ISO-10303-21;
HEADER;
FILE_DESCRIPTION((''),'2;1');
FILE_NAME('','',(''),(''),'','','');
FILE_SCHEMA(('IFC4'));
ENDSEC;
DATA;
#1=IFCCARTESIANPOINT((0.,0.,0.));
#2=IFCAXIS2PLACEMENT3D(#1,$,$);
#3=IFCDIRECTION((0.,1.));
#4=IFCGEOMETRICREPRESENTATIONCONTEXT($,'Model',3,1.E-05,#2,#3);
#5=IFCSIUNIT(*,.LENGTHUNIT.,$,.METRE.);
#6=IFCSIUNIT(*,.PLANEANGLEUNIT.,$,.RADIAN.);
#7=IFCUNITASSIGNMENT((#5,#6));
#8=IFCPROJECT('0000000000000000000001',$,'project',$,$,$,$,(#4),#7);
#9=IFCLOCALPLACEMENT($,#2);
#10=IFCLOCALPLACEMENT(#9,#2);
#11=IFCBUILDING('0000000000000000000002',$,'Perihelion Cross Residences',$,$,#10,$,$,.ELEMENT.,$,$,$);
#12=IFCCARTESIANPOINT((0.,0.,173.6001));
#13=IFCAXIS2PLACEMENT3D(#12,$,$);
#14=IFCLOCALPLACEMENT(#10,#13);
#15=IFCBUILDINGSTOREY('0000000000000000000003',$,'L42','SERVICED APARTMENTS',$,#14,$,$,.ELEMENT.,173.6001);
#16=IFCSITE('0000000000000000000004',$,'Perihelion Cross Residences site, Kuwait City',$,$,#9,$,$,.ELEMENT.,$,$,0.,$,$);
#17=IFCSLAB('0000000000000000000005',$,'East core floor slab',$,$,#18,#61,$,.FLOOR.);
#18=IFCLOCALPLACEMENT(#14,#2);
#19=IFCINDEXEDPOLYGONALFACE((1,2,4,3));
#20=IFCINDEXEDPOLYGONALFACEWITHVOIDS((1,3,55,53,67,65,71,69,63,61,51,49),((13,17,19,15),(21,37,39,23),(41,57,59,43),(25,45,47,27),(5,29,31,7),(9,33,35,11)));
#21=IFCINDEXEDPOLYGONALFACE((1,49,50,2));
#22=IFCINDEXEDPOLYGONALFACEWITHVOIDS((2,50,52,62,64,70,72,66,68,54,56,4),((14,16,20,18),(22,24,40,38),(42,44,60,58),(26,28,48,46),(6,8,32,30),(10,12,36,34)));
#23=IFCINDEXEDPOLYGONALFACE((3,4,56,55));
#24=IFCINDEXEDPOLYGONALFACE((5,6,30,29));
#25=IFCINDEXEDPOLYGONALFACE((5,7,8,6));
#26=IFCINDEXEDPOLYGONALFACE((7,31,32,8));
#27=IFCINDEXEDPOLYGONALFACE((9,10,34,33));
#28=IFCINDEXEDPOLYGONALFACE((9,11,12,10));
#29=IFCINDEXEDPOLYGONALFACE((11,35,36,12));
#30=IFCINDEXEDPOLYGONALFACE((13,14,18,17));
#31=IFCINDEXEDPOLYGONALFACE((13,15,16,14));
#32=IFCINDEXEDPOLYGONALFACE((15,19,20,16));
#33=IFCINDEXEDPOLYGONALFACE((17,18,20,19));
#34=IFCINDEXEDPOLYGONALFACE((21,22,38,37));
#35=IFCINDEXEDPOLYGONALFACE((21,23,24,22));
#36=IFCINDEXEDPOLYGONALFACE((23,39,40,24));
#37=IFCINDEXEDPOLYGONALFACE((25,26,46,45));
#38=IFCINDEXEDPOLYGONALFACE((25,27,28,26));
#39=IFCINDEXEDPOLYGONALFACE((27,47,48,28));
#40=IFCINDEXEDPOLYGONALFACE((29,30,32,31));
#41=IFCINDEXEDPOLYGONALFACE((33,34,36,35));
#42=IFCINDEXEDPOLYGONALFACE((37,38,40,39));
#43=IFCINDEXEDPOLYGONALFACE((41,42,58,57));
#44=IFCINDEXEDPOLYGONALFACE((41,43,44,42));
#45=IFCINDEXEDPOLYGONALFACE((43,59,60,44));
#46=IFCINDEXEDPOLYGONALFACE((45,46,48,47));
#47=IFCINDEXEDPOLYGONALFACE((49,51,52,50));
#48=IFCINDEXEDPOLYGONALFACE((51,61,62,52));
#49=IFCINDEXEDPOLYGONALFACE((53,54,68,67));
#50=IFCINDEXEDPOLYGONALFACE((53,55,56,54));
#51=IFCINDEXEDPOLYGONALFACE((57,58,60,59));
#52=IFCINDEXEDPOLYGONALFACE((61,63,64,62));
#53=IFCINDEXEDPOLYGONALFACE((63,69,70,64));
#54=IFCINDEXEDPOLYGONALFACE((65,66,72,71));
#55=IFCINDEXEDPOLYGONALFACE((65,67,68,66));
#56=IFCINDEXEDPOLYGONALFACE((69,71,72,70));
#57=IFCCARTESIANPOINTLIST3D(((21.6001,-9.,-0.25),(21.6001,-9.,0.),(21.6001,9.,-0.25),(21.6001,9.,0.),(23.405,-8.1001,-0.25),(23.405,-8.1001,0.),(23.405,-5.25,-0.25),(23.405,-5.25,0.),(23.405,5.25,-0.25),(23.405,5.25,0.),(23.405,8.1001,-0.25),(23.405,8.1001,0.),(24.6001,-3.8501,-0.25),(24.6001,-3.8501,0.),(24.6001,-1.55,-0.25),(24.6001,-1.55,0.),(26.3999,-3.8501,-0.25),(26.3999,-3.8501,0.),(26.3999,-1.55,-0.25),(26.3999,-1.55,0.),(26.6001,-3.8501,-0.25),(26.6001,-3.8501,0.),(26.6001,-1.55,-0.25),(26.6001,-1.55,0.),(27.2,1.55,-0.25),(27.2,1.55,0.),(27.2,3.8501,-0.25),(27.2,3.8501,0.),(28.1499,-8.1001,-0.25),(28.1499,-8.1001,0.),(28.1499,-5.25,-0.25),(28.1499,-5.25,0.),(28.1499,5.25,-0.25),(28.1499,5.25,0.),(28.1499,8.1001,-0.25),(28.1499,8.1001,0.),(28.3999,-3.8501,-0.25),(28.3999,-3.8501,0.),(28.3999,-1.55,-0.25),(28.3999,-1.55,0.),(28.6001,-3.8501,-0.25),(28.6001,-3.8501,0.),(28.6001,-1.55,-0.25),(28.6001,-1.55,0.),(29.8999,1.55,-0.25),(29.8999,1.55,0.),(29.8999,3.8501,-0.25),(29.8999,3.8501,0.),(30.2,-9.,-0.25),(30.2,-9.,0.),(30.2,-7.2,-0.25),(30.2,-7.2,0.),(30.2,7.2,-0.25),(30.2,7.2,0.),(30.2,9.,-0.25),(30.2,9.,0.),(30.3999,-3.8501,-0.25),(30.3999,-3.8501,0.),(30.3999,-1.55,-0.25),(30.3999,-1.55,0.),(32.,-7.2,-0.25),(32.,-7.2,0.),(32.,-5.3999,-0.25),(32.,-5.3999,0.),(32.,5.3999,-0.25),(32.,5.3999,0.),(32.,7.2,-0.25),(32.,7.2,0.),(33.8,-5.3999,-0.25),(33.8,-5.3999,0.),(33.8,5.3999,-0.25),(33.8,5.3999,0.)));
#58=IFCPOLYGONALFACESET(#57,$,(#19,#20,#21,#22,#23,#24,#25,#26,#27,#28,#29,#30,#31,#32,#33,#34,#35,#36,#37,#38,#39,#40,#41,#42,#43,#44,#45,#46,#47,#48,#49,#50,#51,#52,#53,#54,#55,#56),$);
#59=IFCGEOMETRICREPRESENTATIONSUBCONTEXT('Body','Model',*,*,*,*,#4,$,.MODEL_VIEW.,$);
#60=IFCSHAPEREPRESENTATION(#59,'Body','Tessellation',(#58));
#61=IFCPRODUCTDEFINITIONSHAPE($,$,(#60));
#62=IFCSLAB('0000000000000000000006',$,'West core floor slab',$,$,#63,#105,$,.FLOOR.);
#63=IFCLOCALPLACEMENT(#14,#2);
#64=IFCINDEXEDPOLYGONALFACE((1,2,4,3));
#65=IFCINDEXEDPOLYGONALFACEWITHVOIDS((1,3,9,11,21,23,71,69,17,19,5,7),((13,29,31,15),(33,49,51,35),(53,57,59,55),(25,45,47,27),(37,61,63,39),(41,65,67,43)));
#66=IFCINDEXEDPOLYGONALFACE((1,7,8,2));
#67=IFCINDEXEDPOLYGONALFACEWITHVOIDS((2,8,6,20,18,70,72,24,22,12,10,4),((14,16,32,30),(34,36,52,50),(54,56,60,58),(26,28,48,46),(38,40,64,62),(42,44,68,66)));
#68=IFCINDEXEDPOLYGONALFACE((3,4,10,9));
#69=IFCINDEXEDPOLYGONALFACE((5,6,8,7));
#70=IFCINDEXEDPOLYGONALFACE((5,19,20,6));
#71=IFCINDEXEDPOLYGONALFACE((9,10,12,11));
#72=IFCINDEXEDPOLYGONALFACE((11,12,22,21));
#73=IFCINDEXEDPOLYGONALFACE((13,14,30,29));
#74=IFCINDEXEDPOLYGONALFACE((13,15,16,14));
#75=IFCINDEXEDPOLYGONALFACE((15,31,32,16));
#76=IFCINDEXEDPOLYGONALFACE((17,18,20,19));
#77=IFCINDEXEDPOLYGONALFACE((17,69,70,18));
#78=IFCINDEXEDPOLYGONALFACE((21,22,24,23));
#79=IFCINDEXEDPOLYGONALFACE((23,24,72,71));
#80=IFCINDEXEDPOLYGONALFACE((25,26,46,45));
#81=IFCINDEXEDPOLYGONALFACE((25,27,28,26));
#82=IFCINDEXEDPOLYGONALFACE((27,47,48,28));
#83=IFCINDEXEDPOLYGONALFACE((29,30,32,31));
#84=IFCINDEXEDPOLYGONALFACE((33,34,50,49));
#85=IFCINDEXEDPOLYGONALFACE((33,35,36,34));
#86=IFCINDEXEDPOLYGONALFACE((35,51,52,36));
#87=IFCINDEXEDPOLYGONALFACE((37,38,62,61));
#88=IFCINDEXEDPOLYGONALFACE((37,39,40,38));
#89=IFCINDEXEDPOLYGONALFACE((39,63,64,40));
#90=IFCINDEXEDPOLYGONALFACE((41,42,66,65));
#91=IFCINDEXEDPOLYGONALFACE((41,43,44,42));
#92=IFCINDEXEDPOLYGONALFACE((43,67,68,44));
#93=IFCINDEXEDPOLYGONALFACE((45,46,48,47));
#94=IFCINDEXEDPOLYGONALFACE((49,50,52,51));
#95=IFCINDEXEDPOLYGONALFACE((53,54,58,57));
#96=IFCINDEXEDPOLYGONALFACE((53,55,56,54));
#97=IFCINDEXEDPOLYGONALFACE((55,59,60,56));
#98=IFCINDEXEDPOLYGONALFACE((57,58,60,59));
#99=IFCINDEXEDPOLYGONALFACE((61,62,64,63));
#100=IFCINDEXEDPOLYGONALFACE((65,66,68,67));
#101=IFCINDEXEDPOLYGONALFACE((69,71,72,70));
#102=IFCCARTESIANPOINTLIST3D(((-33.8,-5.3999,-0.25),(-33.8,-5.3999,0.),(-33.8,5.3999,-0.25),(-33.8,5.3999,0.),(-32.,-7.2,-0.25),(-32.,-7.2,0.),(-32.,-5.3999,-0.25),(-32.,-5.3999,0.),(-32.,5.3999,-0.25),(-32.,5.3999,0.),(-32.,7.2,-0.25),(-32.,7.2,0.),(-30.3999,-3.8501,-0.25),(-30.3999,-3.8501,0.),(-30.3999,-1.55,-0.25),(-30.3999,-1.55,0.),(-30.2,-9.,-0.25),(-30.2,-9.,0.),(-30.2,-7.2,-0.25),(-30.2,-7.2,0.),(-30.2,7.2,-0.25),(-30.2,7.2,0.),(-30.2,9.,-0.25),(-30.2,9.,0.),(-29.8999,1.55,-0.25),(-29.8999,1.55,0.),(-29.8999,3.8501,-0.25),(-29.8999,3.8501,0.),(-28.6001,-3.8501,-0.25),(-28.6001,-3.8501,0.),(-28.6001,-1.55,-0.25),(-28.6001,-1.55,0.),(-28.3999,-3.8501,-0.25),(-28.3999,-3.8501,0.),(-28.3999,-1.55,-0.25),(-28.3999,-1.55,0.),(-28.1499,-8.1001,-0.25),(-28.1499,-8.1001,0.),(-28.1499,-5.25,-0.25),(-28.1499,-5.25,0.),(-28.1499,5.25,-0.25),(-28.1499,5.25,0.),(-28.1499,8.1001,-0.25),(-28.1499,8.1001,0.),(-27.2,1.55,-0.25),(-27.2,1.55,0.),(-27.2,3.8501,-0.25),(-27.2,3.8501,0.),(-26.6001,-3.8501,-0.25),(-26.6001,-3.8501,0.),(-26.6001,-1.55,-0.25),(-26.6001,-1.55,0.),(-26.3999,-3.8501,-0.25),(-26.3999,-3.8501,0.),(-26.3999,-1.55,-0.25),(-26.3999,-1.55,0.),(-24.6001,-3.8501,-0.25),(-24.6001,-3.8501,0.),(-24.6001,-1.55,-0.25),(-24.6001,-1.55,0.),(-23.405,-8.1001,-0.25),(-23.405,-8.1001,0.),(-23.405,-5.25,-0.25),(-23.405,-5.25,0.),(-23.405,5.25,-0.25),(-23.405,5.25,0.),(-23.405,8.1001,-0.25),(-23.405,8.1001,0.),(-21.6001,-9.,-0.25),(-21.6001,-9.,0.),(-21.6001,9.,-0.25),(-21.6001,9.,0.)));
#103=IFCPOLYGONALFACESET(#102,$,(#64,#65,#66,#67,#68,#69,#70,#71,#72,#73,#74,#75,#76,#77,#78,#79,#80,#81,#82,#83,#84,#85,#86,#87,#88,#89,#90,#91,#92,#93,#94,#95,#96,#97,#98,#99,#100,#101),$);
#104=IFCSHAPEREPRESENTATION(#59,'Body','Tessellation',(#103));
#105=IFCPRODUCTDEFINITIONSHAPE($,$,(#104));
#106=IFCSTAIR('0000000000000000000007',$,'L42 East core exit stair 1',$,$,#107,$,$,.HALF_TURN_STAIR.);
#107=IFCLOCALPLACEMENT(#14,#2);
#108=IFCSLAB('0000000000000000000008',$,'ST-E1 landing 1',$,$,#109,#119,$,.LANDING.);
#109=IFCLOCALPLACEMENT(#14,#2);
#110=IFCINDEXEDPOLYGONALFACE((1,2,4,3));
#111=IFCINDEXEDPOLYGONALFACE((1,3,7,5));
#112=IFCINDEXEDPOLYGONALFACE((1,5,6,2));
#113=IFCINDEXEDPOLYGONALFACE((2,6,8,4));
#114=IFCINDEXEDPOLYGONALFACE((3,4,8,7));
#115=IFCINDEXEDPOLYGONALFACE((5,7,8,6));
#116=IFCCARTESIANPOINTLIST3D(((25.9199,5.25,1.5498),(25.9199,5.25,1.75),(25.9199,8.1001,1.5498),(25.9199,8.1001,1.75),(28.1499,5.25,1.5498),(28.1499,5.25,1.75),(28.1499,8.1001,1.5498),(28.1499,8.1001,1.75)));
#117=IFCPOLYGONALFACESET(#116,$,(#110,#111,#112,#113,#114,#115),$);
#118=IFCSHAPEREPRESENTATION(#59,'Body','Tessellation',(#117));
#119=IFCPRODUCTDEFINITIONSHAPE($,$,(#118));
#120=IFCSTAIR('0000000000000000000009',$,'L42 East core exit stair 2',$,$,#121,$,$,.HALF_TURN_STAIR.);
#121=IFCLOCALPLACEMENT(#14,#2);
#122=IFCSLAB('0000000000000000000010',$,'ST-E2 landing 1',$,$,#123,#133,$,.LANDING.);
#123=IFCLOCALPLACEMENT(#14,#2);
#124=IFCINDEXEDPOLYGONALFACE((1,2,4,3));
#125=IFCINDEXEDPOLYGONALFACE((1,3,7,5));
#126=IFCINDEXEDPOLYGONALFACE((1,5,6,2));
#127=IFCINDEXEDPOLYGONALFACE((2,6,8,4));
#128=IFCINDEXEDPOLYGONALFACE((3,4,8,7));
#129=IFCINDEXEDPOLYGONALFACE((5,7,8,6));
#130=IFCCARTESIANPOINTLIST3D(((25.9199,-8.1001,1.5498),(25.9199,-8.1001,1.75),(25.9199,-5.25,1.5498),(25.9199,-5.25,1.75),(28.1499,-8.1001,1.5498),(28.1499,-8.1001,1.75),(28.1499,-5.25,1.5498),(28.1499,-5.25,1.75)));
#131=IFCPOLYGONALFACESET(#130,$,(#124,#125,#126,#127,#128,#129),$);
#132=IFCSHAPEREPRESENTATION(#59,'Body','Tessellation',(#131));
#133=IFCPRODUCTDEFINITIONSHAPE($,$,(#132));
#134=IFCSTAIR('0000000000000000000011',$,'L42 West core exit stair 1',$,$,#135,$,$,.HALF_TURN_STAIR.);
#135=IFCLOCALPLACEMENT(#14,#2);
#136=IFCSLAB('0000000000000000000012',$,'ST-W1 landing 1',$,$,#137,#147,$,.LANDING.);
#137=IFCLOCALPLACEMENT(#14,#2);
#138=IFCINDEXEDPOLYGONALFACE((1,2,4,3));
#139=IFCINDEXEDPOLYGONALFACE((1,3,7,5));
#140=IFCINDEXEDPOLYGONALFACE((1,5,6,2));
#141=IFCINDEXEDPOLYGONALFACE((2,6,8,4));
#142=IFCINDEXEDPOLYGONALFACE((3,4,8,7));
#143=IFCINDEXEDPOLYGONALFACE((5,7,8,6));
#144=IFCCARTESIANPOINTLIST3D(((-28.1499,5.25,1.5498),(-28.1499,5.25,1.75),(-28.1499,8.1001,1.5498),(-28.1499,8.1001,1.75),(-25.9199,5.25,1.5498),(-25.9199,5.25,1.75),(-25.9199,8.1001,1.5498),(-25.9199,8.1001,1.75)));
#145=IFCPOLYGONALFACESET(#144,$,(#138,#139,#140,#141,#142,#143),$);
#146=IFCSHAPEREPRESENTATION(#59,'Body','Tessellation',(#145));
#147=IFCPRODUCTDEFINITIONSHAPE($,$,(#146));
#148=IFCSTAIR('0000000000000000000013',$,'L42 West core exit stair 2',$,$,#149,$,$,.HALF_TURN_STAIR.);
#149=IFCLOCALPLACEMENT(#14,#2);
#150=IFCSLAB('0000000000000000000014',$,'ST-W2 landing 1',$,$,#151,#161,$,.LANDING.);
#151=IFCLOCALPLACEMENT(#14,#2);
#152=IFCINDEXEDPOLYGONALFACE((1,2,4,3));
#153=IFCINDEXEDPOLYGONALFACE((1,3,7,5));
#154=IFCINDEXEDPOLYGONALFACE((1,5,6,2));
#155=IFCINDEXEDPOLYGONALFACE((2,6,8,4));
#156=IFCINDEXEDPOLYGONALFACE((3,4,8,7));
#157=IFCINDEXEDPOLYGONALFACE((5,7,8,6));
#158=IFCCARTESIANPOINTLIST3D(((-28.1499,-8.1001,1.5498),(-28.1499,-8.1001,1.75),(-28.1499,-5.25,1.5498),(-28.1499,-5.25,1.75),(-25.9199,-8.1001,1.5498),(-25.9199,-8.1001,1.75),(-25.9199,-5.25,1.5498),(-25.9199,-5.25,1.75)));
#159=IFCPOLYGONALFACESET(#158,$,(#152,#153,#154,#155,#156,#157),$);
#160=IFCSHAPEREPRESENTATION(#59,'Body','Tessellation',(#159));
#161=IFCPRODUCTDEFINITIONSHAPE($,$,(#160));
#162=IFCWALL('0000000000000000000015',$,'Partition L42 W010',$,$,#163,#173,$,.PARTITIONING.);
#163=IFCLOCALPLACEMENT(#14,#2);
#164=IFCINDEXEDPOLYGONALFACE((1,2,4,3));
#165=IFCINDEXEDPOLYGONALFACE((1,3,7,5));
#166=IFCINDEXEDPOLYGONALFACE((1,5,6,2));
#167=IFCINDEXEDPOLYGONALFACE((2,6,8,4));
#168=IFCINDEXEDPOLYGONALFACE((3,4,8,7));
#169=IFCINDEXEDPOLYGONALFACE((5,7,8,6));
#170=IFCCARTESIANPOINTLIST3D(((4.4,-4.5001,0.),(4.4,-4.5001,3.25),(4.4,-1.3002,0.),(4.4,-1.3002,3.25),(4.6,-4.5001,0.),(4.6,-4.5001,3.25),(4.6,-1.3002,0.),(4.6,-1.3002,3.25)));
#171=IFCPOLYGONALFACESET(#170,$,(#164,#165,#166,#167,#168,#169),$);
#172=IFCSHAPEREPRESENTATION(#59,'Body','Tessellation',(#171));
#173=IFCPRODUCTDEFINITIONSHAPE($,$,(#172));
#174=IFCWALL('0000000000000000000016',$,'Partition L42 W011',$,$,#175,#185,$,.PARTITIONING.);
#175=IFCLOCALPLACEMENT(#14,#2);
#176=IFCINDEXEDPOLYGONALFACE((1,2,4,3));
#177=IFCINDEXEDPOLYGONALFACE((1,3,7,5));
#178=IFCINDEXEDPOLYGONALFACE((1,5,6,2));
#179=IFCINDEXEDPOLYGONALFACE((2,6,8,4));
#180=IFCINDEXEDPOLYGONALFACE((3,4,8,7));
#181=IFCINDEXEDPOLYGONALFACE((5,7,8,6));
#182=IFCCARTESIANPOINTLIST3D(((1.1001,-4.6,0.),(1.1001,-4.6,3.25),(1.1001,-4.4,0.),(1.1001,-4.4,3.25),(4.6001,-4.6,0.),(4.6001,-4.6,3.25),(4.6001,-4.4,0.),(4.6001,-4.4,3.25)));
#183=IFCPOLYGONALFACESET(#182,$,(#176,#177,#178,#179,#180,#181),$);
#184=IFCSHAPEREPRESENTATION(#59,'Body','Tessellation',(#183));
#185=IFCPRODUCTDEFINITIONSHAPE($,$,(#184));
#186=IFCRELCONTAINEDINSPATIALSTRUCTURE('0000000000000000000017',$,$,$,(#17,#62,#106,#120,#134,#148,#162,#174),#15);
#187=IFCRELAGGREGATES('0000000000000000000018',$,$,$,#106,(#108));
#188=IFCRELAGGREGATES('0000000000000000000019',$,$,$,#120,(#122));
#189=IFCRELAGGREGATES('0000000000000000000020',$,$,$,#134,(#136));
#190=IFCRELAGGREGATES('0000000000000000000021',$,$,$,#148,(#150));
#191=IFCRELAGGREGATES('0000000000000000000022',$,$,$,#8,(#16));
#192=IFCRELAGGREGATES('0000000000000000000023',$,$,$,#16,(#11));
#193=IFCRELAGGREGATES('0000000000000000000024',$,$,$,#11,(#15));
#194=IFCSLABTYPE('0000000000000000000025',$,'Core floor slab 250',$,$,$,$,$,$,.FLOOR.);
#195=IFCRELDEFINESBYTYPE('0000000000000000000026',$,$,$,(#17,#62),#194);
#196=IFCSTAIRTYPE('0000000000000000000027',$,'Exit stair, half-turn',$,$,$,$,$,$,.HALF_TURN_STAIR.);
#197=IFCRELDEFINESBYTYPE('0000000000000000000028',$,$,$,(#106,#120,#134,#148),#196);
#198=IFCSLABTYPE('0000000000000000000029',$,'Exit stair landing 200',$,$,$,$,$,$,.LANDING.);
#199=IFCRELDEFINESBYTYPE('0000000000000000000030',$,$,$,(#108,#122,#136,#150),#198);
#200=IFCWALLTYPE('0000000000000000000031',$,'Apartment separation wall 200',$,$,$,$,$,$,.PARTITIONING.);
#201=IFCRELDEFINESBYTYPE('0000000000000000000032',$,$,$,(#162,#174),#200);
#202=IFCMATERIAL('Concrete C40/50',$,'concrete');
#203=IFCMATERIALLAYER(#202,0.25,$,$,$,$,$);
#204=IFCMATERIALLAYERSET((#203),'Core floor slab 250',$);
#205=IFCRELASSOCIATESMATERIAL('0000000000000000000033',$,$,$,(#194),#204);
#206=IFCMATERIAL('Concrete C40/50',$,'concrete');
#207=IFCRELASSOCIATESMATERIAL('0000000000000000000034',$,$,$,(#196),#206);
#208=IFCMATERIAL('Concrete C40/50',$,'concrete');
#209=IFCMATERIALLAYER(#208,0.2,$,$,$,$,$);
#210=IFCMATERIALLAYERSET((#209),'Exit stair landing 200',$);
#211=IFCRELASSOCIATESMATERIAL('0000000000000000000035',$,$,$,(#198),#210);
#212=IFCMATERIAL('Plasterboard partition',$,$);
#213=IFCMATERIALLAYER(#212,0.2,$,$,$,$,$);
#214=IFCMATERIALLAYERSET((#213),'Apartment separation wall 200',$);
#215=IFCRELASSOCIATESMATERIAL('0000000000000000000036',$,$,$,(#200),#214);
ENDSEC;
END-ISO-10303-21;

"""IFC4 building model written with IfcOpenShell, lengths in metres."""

from ifc_helpers import new_model, si_unit, direction, frame, frame_2d, origin, place, context, subcontext, project, spatial, polyline, rectangle, outline, extrude, material, layer, layer_set, type_object, element, aggregate, save


model = new_model("IFC4")

# Units and contexts
model_context = context("Model", 3, precision=1e-05, world=origin(), true_north=direction((0.0, 1.0)))
body_context = subcontext(model_context, "Body", "Model", "MODEL_VIEW")
ifc_project = project(units=[si_unit("LENGTHUNIT", "METRE"), si_unit("PLANEANGLEUNIT", "RADIAN")], contexts=[model_context])

# Site, building, storey
site_placement = place(None, origin())
site = spatial("IfcSite", under=ifc_project, at=site_placement, Name="Perihelion Cross Residences site, Kuwait City", CompositionType="ELEMENT", RefElevation=0.0)
building_placement = place(site_placement, origin())
building = spatial("IfcBuilding", under=site, at=building_placement, Name="Perihelion Cross Residences", CompositionType="ELEMENT")
storey_placement = place(building_placement, frame((0.0, 0.0, 173.6001)))
storey = spatial("IfcBuildingStorey", under=building, at=storey_placement, Name="L42", Description="SERVICED APARTMENTS", CompositionType="ELEMENT", Elevation=173.6001)

# Slabs
ifc_material_1 = material(Name="Concrete C40/50", Category="concrete")
ifc_layer_1 = layer(ifc_material_1, 0.25)
ifc_layer_set_1 = layer_set([ifc_layer_1], Name="Core floor slab 250")
slab_type_1 = type_object("IfcSlabType", Name="Core floor slab 250", PredefinedType="FLOOR", material=ifc_layer_set_1)
slab_1_placement = place(storey_placement, frame((0.0, 0.0, -0.25)))
element("IfcSlab", 1, at=slab_1_placement, inside=storey, type_object=slab_type_1, Name="East core floor slab", PredefinedType="FLOOR", context=body_context, shape_type="SweptSolid", body=[
    extrude(outline(polyline([(30.2, 7.2), (32.0, 7.2), (32.0, 5.3999), (33.8, 5.3999), (33.8, -5.3999), (32.0, -5.3999), (32.0, -7.2), (30.2, -7.2), (30.2, -9.0), (21.6001, -9.0), (21.6001, 9.0), (30.2, 9.0), (30.2, 7.2)]), holes=[polyline([(28.1499, -8.1001), (28.1499, -5.25), (23.405, -5.25), (23.405, -8.1001), (28.1499, -8.1001)]), polyline([(24.6001, -1.55), (24.6001, -3.8501), (26.3999, -3.8501), (26.3999, -1.55), (24.6001, -1.55)]), polyline([(26.6001, -1.55), (26.6001, -3.8501), (28.3999, -3.8501), (28.3999, -1.55), (26.6001, -1.55)]), polyline([(28.6001, -3.8501), (30.3999, -3.8501), (30.3999, -1.55), (28.6001, -1.55), (28.6001, -3.8501)]), polyline([(27.2, 3.8501), (27.2, 1.55), (29.8999, 1.55), (29.8999, 3.8501), (27.2, 3.8501)]), polyline([(23.405, 5.25), (28.1499, 5.25), (28.1499, 8.1001), (23.405, 8.1001), (23.405, 5.25)])]), origin(), (0.0, 0.0, 1.0), 0.25),
])
slab_2_placement = place(storey_placement, frame((0.0, 0.0, -0.25)))
element("IfcSlab", 2, at=slab_2_placement, inside=storey, type_object=slab_type_1, Name="West core floor slab", PredefinedType="FLOOR", context=body_context, shape_type="SweptSolid", body=[
    extrude(outline(polyline([(-30.2, 7.2), (-32.0, 7.2), (-32.0, 5.3999), (-33.8, 5.3999), (-33.8, -5.3999), (-32.0, -5.3999), (-32.0, -7.2), (-30.2, -7.2), (-30.2, -9.0), (-21.6001, -9.0), (-21.6001, 9.0), (-30.2, 9.0), (-30.2, 7.2)]), holes=[polyline([(-28.1499, -8.1001), (-28.1499, -5.25), (-23.405, -5.25), (-23.405, -8.1001), (-28.1499, -8.1001)]), polyline([(-24.6001, -1.55), (-24.6001, -3.8501), (-26.3999, -3.8501), (-26.3999, -1.55), (-24.6001, -1.55)]), polyline([(-26.6001, -1.55), (-26.6001, -3.8501), (-28.3999, -3.8501), (-28.3999, -1.55), (-26.6001, -1.55)]), polyline([(-28.6001, -3.8501), (-30.3999, -3.8501), (-30.3999, -1.55), (-28.6001, -1.55), (-28.6001, -3.8501)]), polyline([(-27.2, 3.8501), (-27.2, 1.55), (-29.8999, 1.55), (-29.8999, 3.8501), (-27.2, 3.8501)]), polyline([(-23.405, 5.25), (-28.1499, 5.25), (-28.1499, 8.1001), (-23.405, 8.1001), (-23.405, 5.25)])]), origin(), (0.0, 0.0, 1.0), 0.25),
])

# Stairs, slabs
ifc_material_2 = material(Name="Concrete C40/50", Category="concrete")
stair_type = type_object("IfcStairType", Name="Exit stair, half-turn", PredefinedType="HALF_TURN_STAIR", material=ifc_material_2)
stair_1_placement = place(storey_placement, origin())
stair_1 = element("IfcStair", 3, at=stair_1_placement, inside=storey, type_object=stair_type, Name="L42 East core exit stair 1", PredefinedType="HALF_TURN_STAIR")
ifc_material_3 = material(Name="Concrete C40/50", Category="concrete")
ifc_layer_2 = layer(ifc_material_3, 0.2)
ifc_layer_set_2 = layer_set([ifc_layer_2], Name="Exit stair landing 200")
slab_type_2 = type_object("IfcSlabType", Name="Exit stair landing 200", PredefinedType="LANDING", material=ifc_layer_set_2)
slab_3_placement = place(storey_placement, frame((0.0, 0.0, 1.5498)))
slab_3 = element("IfcSlab", 4, at=slab_3_placement, type_object=slab_type_2, Name="ST-E1 landing 1", PredefinedType="LANDING", context=body_context, shape_type="SweptSolid", body=[
    extrude(outline(polyline([(25.9199, 5.25), (28.1499, 5.25), (28.1499, 8.1001), (25.9199, 8.1001), (25.9199, 5.25)])), origin(), (0.0, 0.0, 1.0), 0.2002),
])
aggregate(stair_1, [slab_3])
stair_2_placement = place(storey_placement, origin())
stair_2 = element("IfcStair", 5, at=stair_2_placement, inside=storey, type_object=stair_type, Name="L42 East core exit stair 2", PredefinedType="HALF_TURN_STAIR")
slab_4_placement = place(storey_placement, frame((0.0, 0.0, 1.5498)))
slab_4 = element("IfcSlab", 6, at=slab_4_placement, type_object=slab_type_2, Name="ST-E2 landing 1", PredefinedType="LANDING", context=body_context, shape_type="SweptSolid", body=[
    extrude(outline(polyline([(25.9199, -8.1001), (28.1499, -8.1001), (28.1499, -5.25), (25.9199, -5.25), (25.9199, -8.1001)])), origin(), (0.0, 0.0, 1.0), 0.2002),
])
aggregate(stair_2, [slab_4])
stair_3_placement = place(storey_placement, origin())
stair_3 = element("IfcStair", 7, at=stair_3_placement, inside=storey, type_object=stair_type, Name="L42 West core exit stair 1", PredefinedType="HALF_TURN_STAIR")
slab_5_placement = place(storey_placement, frame((0.0, 0.0, 1.5498)))
slab_5 = element("IfcSlab", 8, at=slab_5_placement, type_object=slab_type_2, Name="ST-W1 landing 1", PredefinedType="LANDING", context=body_context, shape_type="SweptSolid", body=[
    extrude(outline(polyline([(-25.9199, 8.1001), (-28.1499, 8.1001), (-28.1499, 5.25), (-25.9199, 5.25), (-25.9199, 8.1001)])), origin(), (0.0, 0.0, 1.0), 0.2002),
])
aggregate(stair_3, [slab_5])
stair_4_placement = place(storey_placement, origin())
stair_4 = element("IfcStair", 9, at=stair_4_placement, inside=storey, type_object=stair_type, Name="L42 West core exit stair 2", PredefinedType="HALF_TURN_STAIR")
slab_6_placement = place(storey_placement, frame((0.0, 0.0, 1.5498)))
slab_6 = element("IfcSlab", 10, at=slab_6_placement, type_object=slab_type_2, Name="ST-W2 landing 1", PredefinedType="LANDING", context=body_context, shape_type="SweptSolid", body=[
    extrude(outline(polyline([(-25.9199, -5.25), (-28.1499, -5.25), (-28.1499, -8.1001), (-25.9199, -8.1001), (-25.9199, -5.25)])), origin(), (0.0, 0.0, 1.0), 0.2002),
])
aggregate(stair_4, [slab_6])

# Walls
ifc_material_4 = material(Name="Plasterboard partition")
ifc_layer_3 = layer(ifc_material_4, 0.2)
ifc_layer_set_3 = layer_set([ifc_layer_3], Name="Apartment separation wall 200")
wall_type_1 = type_object("IfcWallType", Name="Apartment separation wall 200", PredefinedType="PARTITIONING", material=ifc_layer_set_3)
wall_1_placement = place(storey_placement, frame((4.5, -1.3, 0.0), z_axis=(0.0, 0.0, 1.0), x_axis=(0.0, -1.0, 0.0)))
element("IfcWall", 11, at=wall_1_placement, inside=storey, type_object=wall_type_1, Name="Partition L42 W010", PredefinedType="PARTITIONING", context=body_context, shape_type="SweptSolid", body=[
    extrude(rectangle(XDim=3.2, YDim=0.2, at=frame_2d((1.6001, 0.0))), origin(), (0.0, 0.0, 1.0), 3.25),
])
wall_2_placement = place(storey_placement, frame((4.6001, -4.5, 0.0), z_axis=(0.0, 0.0, 1.0), x_axis=(-1.0, 0.0, 0.0)))
element("IfcWall", 12, at=wall_2_placement, inside=storey, type_object=wall_type_1, Name="Partition L42 W011", PredefinedType="PARTITIONING", context=body_context, shape_type="SweptSolid", body=[
    extrude(rectangle(XDim=3.5, YDim=0.2, at=frame_2d((1.75, 0.0))), origin(), (0.0, 0.0, 1.0), 3.25),
])

save(model, "model.ifc")
